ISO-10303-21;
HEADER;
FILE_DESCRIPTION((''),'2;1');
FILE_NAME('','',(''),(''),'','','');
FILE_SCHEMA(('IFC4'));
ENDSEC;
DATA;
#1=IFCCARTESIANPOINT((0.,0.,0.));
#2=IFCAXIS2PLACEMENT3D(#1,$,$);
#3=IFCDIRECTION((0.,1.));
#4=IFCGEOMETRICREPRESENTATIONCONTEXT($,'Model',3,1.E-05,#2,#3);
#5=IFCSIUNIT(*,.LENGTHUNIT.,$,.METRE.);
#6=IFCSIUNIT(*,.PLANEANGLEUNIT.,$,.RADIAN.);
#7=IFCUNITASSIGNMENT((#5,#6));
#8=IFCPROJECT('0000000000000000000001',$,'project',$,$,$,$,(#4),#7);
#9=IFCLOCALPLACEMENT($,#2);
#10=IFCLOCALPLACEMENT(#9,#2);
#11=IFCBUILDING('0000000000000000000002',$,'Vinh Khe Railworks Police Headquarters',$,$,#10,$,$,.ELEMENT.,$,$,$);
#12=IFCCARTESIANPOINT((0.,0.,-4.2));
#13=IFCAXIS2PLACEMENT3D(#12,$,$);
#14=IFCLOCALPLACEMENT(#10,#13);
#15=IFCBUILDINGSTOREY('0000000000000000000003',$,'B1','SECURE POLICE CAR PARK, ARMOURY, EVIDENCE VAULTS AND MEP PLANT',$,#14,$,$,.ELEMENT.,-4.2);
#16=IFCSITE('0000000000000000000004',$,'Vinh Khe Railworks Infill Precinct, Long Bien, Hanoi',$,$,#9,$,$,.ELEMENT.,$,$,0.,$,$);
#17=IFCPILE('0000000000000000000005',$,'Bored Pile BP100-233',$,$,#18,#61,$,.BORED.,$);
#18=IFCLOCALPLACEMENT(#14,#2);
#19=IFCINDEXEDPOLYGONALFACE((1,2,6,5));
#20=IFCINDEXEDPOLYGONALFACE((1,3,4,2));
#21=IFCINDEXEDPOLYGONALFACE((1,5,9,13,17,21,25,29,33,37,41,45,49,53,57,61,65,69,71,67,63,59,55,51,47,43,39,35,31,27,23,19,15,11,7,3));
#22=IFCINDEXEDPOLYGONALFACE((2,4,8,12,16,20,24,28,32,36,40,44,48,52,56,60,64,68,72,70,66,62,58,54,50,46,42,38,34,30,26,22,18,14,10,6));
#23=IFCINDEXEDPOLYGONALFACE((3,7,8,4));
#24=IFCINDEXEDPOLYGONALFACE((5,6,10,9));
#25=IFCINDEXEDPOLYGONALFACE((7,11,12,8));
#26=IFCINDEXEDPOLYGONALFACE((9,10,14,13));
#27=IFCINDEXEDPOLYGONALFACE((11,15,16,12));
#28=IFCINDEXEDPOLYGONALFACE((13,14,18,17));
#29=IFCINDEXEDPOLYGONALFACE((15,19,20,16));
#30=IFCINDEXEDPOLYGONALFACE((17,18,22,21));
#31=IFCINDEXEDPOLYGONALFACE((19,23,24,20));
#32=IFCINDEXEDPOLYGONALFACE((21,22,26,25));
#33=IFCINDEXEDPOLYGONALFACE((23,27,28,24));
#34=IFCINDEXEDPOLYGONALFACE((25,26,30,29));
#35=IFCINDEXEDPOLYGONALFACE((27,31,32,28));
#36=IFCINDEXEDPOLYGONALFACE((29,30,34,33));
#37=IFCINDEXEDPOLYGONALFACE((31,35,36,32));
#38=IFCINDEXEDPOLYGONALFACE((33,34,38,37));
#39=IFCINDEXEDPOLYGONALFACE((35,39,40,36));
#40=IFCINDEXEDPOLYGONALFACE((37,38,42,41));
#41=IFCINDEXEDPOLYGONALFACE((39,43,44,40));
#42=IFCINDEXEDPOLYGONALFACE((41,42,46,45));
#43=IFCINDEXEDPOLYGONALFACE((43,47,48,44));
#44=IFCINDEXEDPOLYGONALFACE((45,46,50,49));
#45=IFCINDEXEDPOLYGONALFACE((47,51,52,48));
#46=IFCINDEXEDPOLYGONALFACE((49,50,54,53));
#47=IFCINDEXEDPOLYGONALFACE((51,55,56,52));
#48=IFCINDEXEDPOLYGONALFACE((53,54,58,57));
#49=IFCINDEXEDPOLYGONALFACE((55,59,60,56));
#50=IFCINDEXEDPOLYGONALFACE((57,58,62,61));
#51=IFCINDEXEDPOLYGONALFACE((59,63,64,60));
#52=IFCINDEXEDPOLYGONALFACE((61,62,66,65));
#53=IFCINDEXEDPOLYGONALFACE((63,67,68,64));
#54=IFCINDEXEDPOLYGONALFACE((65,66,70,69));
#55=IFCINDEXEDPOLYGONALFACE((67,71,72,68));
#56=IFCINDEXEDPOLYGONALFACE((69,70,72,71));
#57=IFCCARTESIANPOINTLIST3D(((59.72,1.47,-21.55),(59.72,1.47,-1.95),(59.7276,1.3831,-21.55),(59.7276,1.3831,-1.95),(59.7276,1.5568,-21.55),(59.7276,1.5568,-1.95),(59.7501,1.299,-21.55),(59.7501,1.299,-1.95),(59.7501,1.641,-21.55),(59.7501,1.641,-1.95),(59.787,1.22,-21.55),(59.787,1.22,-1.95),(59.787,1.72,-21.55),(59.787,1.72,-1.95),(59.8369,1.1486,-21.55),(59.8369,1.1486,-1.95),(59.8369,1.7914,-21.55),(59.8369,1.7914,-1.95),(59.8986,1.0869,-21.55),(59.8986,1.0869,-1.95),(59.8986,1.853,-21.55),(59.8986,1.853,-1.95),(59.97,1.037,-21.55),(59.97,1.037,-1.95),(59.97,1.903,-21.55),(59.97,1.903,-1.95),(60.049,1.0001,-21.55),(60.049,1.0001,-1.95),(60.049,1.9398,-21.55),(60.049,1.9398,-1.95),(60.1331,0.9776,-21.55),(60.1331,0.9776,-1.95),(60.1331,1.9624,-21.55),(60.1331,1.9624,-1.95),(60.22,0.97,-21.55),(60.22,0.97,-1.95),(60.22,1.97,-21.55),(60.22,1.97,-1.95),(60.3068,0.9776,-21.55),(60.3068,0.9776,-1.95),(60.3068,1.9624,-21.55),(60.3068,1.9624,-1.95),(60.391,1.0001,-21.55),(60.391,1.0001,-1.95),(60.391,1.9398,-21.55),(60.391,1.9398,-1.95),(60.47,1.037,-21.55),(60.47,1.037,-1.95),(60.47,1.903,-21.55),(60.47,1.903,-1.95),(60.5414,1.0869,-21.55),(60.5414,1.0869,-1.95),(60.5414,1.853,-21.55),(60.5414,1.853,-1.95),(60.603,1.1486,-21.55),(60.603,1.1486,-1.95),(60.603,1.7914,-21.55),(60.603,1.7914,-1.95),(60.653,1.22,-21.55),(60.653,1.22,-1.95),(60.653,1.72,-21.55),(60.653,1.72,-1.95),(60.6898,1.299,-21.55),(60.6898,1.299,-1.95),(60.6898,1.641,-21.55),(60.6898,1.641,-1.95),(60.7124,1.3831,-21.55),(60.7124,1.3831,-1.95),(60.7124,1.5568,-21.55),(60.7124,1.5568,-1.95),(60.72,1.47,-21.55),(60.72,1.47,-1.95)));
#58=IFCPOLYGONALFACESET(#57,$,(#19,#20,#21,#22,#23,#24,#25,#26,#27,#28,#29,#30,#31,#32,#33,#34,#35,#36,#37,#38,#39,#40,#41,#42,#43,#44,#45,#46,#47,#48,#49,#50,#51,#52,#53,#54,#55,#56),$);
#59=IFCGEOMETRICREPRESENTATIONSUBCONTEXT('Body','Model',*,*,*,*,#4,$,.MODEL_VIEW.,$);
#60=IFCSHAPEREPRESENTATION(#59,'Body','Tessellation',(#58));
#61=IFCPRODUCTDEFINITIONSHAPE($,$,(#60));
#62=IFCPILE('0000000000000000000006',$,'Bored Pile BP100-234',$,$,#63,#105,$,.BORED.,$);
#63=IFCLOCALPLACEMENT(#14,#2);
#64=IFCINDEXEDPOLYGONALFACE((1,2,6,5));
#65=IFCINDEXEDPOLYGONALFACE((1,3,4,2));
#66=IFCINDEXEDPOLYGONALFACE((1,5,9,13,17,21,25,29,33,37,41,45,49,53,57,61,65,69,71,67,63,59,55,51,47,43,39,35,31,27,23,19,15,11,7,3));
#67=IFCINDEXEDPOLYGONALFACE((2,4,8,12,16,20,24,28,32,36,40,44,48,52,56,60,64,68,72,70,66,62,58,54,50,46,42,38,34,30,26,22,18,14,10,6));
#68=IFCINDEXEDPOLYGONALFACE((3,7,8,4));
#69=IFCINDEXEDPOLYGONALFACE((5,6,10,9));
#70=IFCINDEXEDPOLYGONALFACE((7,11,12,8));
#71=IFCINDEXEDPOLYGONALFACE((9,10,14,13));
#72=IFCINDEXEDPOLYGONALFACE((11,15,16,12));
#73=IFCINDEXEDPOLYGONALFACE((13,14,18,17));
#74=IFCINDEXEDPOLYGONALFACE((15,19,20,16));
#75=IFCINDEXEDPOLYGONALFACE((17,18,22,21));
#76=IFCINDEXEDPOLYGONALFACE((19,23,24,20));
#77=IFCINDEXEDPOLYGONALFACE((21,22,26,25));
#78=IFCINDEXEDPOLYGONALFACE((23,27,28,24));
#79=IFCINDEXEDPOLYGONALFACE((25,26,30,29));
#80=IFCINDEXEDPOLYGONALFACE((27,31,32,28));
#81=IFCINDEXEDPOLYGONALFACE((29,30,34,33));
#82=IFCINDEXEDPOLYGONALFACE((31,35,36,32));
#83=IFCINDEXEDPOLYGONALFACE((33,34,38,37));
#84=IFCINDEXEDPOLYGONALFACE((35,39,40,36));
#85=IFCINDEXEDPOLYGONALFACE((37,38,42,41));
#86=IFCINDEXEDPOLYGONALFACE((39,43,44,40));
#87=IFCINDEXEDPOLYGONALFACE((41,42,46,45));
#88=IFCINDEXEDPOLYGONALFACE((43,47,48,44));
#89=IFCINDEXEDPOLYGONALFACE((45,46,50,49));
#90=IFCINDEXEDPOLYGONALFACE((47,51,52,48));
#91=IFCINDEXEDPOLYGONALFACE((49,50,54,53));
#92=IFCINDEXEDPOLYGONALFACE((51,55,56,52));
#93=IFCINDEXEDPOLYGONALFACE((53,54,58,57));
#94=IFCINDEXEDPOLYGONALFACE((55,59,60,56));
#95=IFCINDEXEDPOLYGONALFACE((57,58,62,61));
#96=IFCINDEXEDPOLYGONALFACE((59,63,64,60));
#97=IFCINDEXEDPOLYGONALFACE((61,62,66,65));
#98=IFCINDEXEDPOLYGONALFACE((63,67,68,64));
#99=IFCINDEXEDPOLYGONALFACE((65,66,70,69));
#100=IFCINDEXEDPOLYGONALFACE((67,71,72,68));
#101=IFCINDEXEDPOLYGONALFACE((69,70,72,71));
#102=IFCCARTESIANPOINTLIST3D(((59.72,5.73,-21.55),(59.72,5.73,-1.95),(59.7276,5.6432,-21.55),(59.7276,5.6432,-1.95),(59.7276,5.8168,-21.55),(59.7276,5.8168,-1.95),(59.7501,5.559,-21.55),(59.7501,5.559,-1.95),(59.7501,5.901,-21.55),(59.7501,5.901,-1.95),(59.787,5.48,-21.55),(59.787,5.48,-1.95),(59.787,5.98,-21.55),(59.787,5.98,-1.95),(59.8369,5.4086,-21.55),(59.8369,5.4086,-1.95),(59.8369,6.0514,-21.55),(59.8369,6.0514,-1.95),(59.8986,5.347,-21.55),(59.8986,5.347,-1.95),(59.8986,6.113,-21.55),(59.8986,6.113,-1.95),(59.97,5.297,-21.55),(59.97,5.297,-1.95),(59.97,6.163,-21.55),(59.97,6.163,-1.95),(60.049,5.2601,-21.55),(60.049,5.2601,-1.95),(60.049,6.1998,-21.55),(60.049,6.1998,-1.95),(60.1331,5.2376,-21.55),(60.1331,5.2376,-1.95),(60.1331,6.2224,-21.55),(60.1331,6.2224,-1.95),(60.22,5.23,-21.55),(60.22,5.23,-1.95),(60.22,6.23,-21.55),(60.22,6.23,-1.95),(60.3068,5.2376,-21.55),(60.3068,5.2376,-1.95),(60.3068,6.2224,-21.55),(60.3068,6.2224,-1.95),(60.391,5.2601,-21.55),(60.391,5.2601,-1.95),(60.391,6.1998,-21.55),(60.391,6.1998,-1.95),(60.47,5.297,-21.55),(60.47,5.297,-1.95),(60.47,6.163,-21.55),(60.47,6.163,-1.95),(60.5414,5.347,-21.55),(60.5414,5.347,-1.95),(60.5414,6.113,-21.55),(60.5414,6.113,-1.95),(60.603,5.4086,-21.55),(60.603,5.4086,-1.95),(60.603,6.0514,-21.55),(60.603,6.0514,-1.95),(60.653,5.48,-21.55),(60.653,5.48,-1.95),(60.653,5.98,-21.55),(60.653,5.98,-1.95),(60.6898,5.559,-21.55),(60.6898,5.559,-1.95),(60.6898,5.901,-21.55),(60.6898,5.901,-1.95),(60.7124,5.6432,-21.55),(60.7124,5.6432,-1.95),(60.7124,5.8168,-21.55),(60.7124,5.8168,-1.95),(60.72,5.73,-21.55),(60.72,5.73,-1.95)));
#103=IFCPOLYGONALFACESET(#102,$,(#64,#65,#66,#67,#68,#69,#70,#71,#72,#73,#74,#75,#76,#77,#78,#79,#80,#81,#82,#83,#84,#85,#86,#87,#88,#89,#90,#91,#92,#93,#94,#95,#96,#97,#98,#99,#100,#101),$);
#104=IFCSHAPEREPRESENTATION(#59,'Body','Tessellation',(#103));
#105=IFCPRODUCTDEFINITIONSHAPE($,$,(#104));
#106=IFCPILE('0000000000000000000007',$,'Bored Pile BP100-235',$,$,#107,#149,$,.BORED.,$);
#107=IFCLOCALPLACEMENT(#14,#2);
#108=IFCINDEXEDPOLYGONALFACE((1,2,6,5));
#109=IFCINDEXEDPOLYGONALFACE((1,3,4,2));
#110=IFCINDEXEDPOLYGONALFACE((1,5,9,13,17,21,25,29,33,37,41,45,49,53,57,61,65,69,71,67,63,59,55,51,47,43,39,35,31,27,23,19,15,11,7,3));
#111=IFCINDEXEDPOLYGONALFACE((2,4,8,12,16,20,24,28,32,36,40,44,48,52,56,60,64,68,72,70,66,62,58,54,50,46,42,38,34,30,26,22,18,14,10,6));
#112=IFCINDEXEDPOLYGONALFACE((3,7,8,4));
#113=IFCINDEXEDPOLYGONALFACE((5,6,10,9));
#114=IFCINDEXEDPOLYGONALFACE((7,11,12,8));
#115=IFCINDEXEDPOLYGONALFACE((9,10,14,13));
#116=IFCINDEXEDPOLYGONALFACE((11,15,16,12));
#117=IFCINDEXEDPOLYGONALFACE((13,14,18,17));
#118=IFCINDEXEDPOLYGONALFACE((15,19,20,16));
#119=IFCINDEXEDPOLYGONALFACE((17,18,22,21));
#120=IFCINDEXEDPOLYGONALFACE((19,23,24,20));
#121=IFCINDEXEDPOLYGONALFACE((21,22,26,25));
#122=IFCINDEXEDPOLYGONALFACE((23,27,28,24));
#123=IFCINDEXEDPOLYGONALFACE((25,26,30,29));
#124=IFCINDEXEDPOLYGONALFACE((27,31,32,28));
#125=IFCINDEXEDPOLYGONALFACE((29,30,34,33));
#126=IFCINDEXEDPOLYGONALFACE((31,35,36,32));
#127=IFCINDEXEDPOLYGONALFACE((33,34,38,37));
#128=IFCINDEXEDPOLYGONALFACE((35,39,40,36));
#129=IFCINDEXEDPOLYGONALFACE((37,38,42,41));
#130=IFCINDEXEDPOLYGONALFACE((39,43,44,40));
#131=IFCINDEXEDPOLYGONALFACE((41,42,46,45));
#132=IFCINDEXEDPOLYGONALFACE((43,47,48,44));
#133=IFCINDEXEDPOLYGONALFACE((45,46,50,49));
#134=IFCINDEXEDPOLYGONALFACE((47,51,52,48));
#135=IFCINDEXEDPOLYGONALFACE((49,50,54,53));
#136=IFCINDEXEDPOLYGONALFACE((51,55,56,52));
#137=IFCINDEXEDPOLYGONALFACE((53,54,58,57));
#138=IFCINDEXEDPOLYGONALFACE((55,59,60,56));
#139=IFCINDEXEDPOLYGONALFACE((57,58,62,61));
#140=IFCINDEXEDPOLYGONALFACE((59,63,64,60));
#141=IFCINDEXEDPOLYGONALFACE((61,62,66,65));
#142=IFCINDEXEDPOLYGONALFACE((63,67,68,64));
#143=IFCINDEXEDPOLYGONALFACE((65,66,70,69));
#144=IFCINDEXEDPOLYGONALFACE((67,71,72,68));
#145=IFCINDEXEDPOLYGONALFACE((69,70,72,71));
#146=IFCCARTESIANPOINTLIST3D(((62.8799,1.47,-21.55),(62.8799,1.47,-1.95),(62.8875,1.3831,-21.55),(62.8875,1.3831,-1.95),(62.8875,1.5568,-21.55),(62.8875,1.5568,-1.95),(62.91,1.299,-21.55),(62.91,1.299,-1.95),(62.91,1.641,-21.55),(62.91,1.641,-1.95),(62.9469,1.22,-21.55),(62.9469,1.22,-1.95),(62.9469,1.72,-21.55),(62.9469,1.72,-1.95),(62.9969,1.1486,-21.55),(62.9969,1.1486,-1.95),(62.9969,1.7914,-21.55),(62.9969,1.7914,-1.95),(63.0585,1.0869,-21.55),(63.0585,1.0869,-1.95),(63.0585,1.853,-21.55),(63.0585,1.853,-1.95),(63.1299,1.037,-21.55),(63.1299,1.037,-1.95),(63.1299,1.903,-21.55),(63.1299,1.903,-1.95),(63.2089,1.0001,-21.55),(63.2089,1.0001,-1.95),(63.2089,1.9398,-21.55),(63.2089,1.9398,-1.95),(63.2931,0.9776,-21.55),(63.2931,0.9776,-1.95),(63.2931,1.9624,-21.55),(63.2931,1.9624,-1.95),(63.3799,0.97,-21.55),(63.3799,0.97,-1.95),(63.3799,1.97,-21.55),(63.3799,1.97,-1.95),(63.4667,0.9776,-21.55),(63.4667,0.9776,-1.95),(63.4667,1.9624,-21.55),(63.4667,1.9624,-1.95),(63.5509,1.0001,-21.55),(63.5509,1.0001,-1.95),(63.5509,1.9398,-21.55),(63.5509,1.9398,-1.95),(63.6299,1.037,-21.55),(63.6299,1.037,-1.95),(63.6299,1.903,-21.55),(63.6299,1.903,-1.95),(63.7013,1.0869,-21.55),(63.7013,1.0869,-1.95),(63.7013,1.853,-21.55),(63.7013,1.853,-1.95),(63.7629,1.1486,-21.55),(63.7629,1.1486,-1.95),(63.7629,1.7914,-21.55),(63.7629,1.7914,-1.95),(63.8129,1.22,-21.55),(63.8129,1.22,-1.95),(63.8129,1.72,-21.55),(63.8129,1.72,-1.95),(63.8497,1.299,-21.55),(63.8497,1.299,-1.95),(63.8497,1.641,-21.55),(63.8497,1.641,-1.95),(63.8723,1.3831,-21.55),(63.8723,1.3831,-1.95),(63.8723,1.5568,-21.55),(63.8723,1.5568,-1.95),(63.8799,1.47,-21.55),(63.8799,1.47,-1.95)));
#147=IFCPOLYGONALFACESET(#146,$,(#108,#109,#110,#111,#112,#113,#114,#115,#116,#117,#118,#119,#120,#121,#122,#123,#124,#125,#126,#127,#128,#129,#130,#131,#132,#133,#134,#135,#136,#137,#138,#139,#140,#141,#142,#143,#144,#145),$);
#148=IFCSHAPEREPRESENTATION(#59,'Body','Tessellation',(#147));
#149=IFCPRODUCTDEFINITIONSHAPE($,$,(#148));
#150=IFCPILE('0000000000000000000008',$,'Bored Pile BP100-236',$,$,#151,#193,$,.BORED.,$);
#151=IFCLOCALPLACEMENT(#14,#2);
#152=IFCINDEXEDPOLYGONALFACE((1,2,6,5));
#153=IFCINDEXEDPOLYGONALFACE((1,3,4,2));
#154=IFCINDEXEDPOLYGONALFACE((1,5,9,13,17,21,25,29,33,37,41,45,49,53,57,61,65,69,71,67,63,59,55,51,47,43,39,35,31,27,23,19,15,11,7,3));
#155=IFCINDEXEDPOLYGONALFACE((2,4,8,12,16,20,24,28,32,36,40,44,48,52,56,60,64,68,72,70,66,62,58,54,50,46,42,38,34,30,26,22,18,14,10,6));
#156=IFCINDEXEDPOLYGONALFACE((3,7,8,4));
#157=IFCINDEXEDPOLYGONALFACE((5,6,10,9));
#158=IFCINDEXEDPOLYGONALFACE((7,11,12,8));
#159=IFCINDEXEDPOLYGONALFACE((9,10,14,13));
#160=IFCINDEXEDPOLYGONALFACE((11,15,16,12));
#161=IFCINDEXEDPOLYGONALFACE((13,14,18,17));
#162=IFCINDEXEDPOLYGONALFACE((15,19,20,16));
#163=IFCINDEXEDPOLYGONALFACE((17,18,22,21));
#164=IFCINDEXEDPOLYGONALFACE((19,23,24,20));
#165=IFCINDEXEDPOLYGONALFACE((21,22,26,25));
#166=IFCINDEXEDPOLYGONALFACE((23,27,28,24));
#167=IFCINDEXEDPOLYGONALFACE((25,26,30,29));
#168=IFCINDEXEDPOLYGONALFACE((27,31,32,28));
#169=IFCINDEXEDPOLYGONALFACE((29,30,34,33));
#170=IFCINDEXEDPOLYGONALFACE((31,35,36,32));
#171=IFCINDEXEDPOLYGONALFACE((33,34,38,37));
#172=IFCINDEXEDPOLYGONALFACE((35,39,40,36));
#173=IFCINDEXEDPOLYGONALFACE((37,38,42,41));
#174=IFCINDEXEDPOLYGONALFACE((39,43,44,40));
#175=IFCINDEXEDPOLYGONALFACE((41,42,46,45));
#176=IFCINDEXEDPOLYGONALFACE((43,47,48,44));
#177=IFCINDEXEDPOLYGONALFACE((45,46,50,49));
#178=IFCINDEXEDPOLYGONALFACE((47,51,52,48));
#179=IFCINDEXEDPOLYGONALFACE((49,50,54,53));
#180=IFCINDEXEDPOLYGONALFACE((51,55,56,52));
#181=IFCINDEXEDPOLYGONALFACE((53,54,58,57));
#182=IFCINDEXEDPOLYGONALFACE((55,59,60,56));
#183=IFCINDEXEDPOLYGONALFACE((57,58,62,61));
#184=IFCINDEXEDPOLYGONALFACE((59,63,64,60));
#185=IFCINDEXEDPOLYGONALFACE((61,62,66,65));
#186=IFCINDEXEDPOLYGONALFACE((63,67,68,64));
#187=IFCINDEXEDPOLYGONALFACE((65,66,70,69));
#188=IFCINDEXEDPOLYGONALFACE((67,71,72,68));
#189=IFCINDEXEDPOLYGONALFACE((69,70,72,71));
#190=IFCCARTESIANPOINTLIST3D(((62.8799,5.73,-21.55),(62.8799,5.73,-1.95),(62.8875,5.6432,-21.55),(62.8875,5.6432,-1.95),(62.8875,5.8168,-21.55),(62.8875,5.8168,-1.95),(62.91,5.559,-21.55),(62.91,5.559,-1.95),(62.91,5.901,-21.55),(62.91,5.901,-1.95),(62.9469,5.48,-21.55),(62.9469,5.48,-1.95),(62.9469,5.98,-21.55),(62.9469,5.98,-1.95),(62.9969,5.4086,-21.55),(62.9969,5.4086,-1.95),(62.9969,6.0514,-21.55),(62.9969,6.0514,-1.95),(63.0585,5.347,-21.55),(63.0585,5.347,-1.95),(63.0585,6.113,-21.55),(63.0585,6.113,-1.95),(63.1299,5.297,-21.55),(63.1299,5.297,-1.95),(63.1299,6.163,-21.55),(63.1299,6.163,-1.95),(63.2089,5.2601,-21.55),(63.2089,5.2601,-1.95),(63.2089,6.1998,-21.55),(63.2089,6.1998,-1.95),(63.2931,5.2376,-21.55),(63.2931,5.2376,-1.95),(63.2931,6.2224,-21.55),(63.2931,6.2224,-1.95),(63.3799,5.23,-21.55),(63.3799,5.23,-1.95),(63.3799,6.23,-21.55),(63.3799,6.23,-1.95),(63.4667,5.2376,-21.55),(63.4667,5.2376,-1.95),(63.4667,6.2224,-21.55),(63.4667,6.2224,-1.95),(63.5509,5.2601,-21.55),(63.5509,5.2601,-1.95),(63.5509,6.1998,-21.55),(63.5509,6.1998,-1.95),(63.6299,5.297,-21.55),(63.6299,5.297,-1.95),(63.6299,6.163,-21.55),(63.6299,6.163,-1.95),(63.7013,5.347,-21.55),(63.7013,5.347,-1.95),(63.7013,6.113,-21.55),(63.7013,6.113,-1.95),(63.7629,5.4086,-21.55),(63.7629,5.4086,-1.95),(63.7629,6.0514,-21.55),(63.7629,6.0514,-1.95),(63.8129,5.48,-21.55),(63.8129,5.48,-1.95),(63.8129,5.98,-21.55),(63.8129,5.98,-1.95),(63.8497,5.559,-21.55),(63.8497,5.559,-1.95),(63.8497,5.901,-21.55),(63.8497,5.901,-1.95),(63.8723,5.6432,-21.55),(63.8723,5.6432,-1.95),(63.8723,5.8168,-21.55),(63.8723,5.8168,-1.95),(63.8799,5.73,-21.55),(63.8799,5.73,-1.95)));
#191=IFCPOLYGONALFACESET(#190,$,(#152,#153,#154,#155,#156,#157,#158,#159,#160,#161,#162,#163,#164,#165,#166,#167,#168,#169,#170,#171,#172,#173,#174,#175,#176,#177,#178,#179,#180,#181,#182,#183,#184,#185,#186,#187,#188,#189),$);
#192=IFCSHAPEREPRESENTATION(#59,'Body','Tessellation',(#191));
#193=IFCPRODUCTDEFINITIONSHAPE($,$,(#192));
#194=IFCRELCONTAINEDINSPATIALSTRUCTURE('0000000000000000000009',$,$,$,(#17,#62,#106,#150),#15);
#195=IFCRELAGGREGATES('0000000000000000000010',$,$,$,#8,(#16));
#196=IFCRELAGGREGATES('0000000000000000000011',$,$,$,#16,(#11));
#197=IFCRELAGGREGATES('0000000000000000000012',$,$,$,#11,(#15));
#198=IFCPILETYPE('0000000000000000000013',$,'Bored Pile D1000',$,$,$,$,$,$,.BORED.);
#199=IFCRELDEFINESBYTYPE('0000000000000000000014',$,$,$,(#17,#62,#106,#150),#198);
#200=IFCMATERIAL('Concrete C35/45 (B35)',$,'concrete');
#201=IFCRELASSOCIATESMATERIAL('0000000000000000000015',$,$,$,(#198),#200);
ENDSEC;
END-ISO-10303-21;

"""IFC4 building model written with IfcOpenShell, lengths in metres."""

from ifc_helpers import new_model, si_unit, direction, frame, origin, origin_2d, place, context, subcontext, project, spatial, circle, extrude, material, material_profile, profile_set, type_object, element, save


model = new_model("IFC4")

# Units and contexts
model_context = context("Model", 3, precision=1e-05, world=origin(), true_north=direction((0.0, 1.0)))
body_context = subcontext(model_context, "Body", "Model", "MODEL_VIEW")
ifc_project = project(units=[si_unit("LENGTHUNIT", "METRE"), si_unit("PLANEANGLEUNIT", "RADIAN")], contexts=[model_context])

# Site, building, storey
site_placement = place(None, origin())
site = spatial("IfcSite", under=ifc_project, at=site_placement, Name="Vinh Khe Railworks Infill Precinct, Long Bien, Hanoi", CompositionType="ELEMENT", RefElevation=0.0)
building_placement = place(site_placement, origin())
building = spatial("IfcBuilding", under=site, at=building_placement, Name="Vinh Khe Railworks Police Headquarters", CompositionType="ELEMENT")
storey_placement = place(building_placement, frame((0.0, 0.0, -4.2)))
storey = spatial("IfcBuildingStorey", under=building, at=storey_placement, Name="B1", Description="SECURE POLICE CAR PARK, ARMOURY, EVIDENCE VAULTS AND MEP PLANT", CompositionType="ELEMENT", Elevation=-4.2)

# Piles
ifc_material_1 = material(Name="Concrete C35/45 (B35)", Category="concrete")
ifc_material_profile_1 = material_profile(ifc_material_1, circle(Radius=0.5, at=origin_2d()), Name="BORED PILE D1000")
ifc_profile_set_1 = profile_set([ifc_material_profile_1], Name="Concrete C35/45 (B35)")
pile_type_1 = type_object("IfcPileType", Name="Bored Pile D1000", PredefinedType="BORED", material=ifc_profile_set_1)
for number, where, z_axis, x_axis, name in (
    (1, (60.22, 1.47, -1.95), (0.0, 0.0, -1.0), (1.0, 0.0, 0.0), "Bored Pile BP100-233"),
    (2, (60.22, 5.73, -1.95), (0.0, 0.0, -1.0), (1.0, 0.0, 0.0), "Bored Pile BP100-234"),
    (3, (63.3799, 1.47, -1.95), (0.0, 0.0, -1.0), (1.0, 0.0, 0.0), "Bored Pile BP100-235"),
    (4, (63.3799, 5.73, -1.95), (0.0, 0.0, -1.0), (1.0, 0.0, 0.0), "Bored Pile BP100-236"),
):
    element("IfcPile", number, at=place(storey_placement, frame(where, z_axis=z_axis, x_axis=x_axis)), inside=storey, type_object=pile_type_1, Name=name, PredefinedType="BORED", context=body_context, shape_type="SweptSolid", body=[
        extrude(circle(Radius=0.5, at=origin_2d()), origin(), (0.0, 0.0, 1.0), 19.6001),
    ])

save(model, "model.ifc")
